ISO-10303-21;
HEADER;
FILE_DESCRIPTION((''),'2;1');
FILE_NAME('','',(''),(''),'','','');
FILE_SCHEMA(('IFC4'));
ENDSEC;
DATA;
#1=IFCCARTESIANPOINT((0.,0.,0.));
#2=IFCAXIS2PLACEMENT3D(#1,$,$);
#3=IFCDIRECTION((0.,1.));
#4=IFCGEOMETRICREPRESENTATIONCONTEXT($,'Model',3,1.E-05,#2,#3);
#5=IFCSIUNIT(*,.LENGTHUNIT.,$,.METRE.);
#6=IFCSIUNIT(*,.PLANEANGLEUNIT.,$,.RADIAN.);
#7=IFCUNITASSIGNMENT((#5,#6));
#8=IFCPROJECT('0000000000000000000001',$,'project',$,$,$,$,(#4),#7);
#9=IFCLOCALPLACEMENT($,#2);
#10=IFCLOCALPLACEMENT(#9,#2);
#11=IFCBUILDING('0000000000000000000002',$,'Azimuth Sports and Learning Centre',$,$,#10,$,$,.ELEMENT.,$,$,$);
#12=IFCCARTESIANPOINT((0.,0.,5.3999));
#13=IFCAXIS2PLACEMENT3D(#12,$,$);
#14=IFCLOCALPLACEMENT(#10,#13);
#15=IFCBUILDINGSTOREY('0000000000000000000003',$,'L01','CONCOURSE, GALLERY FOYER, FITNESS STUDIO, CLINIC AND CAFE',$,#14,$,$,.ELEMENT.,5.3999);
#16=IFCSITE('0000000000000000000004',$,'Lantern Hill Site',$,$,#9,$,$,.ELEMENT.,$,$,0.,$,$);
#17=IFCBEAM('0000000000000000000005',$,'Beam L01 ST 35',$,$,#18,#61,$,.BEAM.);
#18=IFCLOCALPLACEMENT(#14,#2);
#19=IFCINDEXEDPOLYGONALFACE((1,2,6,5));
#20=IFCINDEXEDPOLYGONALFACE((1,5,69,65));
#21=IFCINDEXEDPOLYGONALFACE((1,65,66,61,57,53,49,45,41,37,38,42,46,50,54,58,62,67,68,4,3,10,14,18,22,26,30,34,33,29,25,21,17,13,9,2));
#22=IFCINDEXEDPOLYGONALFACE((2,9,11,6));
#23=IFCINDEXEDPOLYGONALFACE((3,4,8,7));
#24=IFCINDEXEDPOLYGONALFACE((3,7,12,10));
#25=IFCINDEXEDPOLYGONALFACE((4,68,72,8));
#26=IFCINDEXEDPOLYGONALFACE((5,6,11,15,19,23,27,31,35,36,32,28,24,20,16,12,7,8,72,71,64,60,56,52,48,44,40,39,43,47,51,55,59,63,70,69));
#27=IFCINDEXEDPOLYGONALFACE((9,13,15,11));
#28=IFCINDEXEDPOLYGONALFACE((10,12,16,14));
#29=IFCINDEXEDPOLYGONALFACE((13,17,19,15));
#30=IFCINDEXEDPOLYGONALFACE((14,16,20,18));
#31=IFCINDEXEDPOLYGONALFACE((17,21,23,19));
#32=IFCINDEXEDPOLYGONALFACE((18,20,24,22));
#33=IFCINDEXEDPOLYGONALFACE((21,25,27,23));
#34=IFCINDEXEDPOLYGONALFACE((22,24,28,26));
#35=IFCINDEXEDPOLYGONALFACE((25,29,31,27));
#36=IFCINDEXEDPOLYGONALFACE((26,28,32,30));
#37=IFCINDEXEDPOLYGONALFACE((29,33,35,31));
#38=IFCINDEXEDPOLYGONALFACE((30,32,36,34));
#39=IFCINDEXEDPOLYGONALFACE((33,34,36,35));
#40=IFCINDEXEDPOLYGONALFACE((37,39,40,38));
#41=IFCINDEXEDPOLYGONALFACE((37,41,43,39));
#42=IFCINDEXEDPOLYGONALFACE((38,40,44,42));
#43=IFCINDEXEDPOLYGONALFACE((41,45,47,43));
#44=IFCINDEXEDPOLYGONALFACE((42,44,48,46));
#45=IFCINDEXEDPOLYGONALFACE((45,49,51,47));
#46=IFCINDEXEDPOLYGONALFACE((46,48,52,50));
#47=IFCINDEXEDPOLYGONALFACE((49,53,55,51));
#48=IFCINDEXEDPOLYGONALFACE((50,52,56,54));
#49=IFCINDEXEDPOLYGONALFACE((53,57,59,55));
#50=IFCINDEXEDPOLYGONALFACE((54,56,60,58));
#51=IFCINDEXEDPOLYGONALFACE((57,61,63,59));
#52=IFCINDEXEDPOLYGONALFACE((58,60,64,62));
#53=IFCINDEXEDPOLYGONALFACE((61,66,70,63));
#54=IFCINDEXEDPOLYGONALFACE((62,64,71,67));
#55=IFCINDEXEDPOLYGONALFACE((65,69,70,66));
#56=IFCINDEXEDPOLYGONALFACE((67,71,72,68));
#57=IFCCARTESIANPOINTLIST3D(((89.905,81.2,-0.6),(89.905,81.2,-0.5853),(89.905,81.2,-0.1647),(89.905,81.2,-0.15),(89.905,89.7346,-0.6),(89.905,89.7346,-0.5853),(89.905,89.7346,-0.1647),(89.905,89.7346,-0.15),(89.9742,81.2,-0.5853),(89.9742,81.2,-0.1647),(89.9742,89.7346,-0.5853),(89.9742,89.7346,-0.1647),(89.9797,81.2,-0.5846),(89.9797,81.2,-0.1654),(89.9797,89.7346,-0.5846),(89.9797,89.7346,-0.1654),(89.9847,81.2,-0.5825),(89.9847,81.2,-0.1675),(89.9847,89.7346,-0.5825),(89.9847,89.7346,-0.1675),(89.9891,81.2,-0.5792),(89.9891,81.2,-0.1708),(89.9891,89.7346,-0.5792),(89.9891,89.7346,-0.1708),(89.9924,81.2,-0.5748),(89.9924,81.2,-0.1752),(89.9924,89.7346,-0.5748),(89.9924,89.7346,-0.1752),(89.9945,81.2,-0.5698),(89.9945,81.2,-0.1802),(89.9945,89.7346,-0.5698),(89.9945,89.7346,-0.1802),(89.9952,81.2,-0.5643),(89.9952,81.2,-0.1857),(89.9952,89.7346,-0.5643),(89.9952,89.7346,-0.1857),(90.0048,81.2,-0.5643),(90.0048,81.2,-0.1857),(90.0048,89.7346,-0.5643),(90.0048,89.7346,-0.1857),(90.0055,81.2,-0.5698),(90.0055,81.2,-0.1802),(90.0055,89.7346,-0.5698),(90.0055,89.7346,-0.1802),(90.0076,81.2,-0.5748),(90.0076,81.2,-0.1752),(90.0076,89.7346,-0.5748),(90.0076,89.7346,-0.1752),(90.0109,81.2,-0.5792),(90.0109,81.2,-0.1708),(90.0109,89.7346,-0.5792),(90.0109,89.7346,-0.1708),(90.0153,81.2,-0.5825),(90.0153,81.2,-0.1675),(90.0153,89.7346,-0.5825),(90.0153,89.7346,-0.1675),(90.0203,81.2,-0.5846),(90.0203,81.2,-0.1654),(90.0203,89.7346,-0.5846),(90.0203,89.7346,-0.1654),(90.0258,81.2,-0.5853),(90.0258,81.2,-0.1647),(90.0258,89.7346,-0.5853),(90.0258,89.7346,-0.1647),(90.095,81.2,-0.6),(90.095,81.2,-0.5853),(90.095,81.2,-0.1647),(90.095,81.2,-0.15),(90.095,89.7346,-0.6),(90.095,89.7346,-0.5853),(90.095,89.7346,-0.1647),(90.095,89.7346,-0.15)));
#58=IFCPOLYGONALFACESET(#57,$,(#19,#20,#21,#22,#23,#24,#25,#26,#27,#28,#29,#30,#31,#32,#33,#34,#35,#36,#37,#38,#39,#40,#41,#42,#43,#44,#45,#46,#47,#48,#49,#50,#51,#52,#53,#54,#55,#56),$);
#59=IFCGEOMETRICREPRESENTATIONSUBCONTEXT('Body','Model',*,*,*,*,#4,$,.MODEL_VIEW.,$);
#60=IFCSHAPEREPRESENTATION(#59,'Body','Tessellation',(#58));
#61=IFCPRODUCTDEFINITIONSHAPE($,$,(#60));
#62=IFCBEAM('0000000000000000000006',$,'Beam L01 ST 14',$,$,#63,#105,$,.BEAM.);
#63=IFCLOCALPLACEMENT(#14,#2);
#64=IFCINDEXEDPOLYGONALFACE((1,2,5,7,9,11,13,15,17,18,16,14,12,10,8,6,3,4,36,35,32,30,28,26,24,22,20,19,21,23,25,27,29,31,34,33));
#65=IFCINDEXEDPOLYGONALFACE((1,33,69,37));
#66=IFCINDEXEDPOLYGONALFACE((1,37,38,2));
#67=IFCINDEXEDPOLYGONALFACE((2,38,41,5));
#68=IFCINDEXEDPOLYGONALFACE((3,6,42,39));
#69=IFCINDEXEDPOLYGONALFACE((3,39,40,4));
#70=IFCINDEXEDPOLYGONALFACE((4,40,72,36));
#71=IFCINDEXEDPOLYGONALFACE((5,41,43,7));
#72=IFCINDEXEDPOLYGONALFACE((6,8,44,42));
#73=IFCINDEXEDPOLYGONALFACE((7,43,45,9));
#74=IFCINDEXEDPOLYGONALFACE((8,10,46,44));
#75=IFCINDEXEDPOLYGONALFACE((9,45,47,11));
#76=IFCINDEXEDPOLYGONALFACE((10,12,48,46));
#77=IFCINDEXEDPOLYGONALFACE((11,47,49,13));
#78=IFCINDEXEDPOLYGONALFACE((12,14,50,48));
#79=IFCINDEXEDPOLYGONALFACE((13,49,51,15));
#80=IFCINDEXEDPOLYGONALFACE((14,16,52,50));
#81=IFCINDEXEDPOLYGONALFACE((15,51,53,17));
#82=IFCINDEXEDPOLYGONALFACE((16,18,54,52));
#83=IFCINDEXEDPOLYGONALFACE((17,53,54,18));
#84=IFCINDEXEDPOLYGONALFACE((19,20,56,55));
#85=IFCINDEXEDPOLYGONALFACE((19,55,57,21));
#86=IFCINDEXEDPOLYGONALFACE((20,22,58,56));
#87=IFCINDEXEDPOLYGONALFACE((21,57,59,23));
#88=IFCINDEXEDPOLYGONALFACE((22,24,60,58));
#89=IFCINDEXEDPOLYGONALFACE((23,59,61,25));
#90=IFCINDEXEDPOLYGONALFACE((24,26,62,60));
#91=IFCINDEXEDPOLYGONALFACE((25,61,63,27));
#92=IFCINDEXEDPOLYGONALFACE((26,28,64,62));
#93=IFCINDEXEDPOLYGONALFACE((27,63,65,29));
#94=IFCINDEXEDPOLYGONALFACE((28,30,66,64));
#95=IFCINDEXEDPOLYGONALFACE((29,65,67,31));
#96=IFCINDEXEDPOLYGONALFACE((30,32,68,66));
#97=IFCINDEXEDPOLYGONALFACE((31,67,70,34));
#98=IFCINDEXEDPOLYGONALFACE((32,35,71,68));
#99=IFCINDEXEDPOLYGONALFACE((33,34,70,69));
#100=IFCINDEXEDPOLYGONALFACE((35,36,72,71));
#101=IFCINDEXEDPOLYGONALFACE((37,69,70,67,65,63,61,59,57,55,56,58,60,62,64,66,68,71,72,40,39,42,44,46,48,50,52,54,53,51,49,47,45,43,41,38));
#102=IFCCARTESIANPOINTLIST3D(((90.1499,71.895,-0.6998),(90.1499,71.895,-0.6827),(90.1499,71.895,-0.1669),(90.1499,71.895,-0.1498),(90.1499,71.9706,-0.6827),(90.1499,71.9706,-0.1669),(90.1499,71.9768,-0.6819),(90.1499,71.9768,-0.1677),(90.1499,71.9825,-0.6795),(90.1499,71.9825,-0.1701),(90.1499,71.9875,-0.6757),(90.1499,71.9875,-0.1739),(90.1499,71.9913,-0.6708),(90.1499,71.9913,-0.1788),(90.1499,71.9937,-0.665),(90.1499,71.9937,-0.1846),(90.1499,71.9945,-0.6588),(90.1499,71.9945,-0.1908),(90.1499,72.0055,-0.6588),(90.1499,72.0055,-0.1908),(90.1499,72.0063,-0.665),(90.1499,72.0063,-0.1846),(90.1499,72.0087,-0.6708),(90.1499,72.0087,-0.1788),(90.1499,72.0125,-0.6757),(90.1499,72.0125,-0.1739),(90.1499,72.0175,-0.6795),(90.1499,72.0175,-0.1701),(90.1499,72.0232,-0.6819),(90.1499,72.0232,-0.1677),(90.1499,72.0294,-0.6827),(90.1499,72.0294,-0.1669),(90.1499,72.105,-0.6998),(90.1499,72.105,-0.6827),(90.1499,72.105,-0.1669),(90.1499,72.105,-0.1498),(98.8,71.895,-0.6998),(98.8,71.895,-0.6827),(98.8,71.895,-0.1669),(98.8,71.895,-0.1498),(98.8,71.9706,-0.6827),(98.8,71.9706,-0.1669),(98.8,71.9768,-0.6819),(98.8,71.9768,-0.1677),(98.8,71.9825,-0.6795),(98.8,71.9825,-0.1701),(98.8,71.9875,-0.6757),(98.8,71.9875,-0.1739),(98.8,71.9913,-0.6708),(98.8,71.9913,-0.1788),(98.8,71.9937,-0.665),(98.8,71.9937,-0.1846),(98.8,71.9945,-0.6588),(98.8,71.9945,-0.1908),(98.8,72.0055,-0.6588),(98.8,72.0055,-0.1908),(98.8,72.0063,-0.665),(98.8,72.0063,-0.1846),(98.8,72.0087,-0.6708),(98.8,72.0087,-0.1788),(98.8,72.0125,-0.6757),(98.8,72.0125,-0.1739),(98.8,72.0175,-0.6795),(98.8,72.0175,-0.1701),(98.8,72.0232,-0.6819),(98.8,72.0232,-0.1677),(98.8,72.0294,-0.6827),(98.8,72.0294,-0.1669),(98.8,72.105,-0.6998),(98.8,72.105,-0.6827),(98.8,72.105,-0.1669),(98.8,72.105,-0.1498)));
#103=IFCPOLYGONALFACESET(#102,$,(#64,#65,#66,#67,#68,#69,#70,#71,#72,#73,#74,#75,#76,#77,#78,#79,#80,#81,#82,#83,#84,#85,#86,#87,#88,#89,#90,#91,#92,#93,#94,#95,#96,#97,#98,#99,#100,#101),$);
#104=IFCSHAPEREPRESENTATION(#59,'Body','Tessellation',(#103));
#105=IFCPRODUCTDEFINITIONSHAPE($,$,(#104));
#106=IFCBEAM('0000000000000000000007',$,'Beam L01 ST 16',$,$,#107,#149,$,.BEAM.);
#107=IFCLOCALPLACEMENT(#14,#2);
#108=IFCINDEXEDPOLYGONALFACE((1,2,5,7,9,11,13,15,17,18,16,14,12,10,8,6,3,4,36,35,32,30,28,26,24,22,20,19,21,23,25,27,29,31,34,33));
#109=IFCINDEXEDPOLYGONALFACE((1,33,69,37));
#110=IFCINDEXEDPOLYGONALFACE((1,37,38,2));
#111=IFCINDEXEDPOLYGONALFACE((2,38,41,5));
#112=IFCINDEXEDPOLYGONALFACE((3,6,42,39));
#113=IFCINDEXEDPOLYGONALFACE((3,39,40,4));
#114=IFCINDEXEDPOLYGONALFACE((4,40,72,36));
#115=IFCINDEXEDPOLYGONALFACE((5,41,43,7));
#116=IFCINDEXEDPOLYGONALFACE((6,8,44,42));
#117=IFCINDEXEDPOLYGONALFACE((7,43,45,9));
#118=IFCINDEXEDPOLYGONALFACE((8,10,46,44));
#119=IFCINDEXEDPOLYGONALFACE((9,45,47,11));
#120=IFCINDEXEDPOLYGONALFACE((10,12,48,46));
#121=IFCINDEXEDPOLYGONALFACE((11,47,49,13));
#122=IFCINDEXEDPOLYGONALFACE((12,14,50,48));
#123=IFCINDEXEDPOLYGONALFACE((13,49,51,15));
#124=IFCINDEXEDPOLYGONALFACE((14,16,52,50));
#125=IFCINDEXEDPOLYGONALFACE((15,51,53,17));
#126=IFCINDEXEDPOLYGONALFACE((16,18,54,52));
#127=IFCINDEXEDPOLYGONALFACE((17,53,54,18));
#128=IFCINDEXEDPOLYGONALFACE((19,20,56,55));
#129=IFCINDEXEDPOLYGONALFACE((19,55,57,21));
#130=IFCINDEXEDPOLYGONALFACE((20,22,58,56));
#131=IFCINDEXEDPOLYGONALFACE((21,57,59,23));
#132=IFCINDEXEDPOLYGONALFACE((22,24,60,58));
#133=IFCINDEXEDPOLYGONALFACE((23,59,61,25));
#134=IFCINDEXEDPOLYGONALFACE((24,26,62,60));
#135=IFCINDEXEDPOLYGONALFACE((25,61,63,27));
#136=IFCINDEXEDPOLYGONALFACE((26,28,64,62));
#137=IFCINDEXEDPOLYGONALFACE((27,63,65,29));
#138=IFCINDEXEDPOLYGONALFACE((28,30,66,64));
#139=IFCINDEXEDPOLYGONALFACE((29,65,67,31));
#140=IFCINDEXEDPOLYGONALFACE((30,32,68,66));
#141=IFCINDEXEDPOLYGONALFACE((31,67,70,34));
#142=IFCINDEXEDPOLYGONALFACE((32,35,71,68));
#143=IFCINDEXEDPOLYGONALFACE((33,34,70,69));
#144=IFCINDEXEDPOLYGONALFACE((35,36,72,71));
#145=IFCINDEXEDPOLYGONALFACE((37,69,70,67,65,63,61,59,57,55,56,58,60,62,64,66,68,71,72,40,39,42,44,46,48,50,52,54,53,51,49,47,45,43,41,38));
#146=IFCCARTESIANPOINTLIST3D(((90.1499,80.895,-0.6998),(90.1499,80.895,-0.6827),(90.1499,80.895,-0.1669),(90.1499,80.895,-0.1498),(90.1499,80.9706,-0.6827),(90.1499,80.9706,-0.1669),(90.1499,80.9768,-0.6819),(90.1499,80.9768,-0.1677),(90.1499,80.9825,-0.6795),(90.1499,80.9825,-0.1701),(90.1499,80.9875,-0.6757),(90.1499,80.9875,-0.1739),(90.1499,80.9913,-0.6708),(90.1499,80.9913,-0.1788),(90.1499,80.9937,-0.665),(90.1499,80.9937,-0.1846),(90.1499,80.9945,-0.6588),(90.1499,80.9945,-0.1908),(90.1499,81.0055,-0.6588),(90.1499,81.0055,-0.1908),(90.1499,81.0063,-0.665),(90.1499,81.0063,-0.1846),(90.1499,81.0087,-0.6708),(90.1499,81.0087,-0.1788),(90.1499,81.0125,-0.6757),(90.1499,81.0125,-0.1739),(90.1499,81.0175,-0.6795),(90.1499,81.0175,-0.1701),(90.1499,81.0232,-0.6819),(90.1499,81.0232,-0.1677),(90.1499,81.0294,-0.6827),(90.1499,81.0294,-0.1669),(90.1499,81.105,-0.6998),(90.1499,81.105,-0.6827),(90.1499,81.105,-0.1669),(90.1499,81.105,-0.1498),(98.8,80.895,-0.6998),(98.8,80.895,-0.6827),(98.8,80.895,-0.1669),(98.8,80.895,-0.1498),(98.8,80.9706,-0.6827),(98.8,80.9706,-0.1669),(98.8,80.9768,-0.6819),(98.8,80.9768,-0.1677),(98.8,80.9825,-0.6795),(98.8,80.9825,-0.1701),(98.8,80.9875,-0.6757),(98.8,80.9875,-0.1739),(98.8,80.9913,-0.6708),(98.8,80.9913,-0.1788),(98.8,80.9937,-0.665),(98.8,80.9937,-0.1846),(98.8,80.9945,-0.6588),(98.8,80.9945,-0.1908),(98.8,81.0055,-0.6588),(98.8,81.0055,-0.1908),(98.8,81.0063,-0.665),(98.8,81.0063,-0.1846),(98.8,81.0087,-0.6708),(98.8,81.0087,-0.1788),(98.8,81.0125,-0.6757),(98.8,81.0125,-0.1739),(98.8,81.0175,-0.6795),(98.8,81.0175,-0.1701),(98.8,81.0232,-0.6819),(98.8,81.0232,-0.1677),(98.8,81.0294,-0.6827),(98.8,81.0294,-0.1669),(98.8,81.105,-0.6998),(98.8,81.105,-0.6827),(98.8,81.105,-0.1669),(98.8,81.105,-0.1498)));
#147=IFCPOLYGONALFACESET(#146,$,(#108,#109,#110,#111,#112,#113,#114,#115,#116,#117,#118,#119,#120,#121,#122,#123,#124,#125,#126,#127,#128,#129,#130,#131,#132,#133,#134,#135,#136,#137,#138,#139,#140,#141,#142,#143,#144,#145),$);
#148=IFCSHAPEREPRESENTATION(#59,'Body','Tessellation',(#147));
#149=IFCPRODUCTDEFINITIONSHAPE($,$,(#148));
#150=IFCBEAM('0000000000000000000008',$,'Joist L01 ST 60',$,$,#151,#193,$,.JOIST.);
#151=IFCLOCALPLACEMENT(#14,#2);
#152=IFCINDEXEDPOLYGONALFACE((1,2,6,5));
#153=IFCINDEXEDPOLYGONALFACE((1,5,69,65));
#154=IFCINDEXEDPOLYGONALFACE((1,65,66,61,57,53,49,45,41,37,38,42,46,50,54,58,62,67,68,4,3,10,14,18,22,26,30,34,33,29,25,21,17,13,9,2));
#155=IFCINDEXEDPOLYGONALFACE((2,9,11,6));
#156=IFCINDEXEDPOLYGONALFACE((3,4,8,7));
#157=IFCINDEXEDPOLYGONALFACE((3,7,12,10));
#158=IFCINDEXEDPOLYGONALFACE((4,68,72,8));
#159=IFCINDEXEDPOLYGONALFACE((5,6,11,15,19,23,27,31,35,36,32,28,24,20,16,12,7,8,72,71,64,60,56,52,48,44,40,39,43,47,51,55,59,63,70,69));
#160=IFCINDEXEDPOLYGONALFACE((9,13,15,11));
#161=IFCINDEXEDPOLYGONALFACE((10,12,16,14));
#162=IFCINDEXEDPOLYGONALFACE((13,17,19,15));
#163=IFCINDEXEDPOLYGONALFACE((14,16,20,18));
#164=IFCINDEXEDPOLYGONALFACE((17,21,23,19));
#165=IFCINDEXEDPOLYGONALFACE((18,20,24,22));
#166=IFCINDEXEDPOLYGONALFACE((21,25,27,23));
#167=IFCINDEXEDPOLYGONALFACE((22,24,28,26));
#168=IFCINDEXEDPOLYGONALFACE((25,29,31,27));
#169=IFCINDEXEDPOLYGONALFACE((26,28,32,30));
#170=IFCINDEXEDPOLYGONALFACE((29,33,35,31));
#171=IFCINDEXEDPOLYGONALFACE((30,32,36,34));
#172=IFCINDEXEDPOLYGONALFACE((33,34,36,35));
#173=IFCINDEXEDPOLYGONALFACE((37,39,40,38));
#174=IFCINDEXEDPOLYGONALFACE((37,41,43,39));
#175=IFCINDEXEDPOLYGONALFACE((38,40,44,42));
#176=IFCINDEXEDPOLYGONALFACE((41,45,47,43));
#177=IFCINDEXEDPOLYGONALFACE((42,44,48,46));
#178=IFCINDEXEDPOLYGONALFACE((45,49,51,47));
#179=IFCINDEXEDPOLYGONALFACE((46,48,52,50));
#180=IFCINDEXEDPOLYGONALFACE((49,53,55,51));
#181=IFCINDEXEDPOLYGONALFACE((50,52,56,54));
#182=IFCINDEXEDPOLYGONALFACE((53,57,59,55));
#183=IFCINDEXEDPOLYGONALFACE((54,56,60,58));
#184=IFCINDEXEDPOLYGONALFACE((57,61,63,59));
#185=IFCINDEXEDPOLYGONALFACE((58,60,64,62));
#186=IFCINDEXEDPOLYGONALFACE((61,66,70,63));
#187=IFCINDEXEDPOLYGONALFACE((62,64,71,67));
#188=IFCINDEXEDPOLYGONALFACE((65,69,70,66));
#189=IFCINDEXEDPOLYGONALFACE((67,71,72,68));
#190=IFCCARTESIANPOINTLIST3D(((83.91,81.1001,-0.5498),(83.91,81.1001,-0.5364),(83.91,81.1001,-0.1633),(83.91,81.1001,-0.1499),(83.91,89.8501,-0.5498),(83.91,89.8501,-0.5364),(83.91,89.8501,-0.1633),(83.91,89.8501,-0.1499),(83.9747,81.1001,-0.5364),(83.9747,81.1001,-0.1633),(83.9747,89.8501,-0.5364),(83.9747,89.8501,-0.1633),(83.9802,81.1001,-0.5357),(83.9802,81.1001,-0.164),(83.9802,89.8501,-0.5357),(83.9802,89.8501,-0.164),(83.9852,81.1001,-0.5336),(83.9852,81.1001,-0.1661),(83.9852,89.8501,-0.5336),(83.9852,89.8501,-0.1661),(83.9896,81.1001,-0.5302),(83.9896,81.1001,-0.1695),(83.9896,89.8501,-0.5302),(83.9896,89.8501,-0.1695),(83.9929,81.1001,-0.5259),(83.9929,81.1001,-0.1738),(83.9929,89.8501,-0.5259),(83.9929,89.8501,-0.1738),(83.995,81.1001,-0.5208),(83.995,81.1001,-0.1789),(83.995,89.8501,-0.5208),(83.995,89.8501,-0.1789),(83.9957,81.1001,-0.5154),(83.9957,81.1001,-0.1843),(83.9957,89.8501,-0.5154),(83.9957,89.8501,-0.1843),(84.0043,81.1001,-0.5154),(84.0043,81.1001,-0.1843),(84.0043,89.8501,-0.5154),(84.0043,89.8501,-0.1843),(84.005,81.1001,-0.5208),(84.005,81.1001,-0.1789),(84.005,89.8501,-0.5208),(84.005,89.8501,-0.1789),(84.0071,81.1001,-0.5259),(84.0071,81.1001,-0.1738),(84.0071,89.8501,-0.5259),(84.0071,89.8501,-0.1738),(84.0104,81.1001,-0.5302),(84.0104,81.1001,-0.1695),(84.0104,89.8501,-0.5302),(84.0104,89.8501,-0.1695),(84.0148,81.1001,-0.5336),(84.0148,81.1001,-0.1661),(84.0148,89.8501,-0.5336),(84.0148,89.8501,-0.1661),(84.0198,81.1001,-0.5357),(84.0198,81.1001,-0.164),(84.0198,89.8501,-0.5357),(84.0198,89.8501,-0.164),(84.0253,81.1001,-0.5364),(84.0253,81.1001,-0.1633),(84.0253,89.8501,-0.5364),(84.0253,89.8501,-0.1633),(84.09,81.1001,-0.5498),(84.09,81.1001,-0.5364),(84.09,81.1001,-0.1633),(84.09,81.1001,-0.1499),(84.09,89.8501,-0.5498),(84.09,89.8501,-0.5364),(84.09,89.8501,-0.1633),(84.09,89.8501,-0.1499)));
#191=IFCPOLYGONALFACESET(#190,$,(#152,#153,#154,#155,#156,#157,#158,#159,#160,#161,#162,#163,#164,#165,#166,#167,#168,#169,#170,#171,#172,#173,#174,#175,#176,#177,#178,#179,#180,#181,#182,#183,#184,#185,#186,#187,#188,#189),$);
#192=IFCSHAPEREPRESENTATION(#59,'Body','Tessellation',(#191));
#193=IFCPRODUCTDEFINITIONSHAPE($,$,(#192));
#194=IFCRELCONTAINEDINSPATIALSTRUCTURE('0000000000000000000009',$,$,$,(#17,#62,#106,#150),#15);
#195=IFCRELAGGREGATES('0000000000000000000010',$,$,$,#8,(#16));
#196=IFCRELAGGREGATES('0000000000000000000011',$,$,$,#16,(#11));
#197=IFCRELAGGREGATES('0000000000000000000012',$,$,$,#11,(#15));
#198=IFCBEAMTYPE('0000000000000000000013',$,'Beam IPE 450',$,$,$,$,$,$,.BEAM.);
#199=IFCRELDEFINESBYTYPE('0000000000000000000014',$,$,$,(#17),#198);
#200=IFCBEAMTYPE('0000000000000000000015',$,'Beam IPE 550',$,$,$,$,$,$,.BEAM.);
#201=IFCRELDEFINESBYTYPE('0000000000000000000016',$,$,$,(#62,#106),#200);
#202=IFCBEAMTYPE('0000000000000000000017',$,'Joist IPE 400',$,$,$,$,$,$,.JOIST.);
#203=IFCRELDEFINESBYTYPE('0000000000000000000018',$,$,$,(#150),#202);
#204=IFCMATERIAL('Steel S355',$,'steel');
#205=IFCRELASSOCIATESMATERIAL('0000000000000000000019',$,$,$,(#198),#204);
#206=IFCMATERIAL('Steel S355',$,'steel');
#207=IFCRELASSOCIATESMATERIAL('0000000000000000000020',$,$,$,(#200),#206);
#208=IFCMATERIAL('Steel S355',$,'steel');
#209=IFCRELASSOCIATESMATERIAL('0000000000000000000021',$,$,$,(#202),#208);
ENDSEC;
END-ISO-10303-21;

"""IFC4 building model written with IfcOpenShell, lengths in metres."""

from ifc_helpers import new_model, si_unit, direction, frame, origin, origin_2d, place, context, subcontext, project, spatial, i_section, extrude, material, material_profile, profile_set, type_object, element, save


model = new_model("IFC4")

# Units and contexts
model_context = context("Model", 3, precision=1e-05, world=origin(), true_north=direction((0.0, 1.0)))
body_context = subcontext(model_context, "Body", "Model", "MODEL_VIEW")
ifc_project = project(units=[si_unit("LENGTHUNIT", "METRE"), si_unit("PLANEANGLEUNIT", "RADIAN")], contexts=[model_context])

# Site, building, storey
site_placement = place(None, origin())
site = spatial("IfcSite", under=ifc_project, at=site_placement, Name="Lantern Hill Site", CompositionType="ELEMENT", RefElevation=0.0)
building_placement = place(site_placement, origin())
building = spatial("IfcBuilding", under=site, at=building_placement, Name="Azimuth Sports and Learning Centre", CompositionType="ELEMENT")
storey_placement = place(building_placement, frame((0.0, 0.0, 5.3999)))
storey = spatial("IfcBuildingStorey", under=building, at=storey_placement, Name="L01", Description="CONCOURSE, GALLERY FOYER, FITNESS STUDIO, CLINIC AND CAFE", CompositionType="ELEMENT", Elevation=5.3999)

# Beams
ifc_material_1 = material(Name="Steel S355", Category="steel")
ifc_material_profile_1 = material_profile(ifc_material_1, i_section(OverallWidth=0.1899, OverallDepth=0.45, WebThickness=0.0095, FlangeThickness=0.0146, FilletRadius=0.021, at=origin_2d()), Name="IPE 450")
ifc_profile_set_1 = profile_set([ifc_material_profile_1], Name="Steel S355")
beam_type_1 = type_object("IfcBeamType", Name="Beam IPE 450", PredefinedType="BEAM", material=ifc_profile_set_1)
for number, where, z_axis, x_axis, name in (
    (1, (90.0, 81.2, -0.375), (0.0, 1.0, 0.0), (-1.0, 0.0, 0.0), "Beam L01 ST 35"),
):
    element("IfcBeam", number, at=place(storey_placement, frame(where, z_axis=z_axis, x_axis=x_axis)), inside=storey, type_object=beam_type_1, Name=name, PredefinedType="BEAM", context=body_context, shape_type="SweptSolid", body=[
        extrude(i_section(OverallWidth=0.1899, OverallDepth=0.45, WebThickness=0.0095, FlangeThickness=0.0146, FilletRadius=0.021, at=origin_2d()), origin(), (0.0, 0.0, 1.0), 8.5347),
    ])
ifc_material_2 = material(Name="Steel S355", Category="steel")
ifc_material_profile_2 = material_profile(ifc_material_2, i_section(OverallWidth=0.21, OverallDepth=0.55, WebThickness=0.011, FlangeThickness=0.0171, FilletRadius=0.0239, at=origin_2d()), Name="IPE 550")
ifc_profile_set_2 = profile_set([ifc_material_profile_2], Name="Steel S355")
beam_type_2 = type_object("IfcBeamType", Name="Beam IPE 550", PredefinedType="BEAM", material=ifc_profile_set_2)
for number, where, z_axis, x_axis, name in (
    (2, (90.1499, 72.0, -0.4248), (1.0, 0.0, 0.0), (0.0, 1.0, 0.0), "Beam L01 ST 14"),
    (3, (90.1499, 81.0, -0.4248), (1.0, 0.0, 0.0), (0.0, 1.0, 0.0), "Beam L01 ST 16"),
):
    element("IfcBeam", number, at=place(storey_placement, frame(where, z_axis=z_axis, x_axis=x_axis)), inside=storey, type_object=beam_type_2, Name=name, PredefinedType="BEAM", context=body_context, shape_type="SweptSolid", body=[
        extrude(i_section(OverallWidth=0.21, OverallDepth=0.55, WebThickness=0.011, FlangeThickness=0.0171, FilletRadius=0.0239, at=origin_2d()), origin(), (0.0, 0.0, 1.0), 8.6501),
    ])
ifc_material_3 = material(Name="Steel S355", Category="steel")
ifc_material_profile_3 = material_profile(ifc_material_3, i_section(OverallWidth=0.1799, OverallDepth=0.3999, WebThickness=0.0085, FlangeThickness=0.0134, FilletRadius=0.021, at=origin_2d()), Name="IPE 400")
ifc_profile_set_3 = profile_set([ifc_material_profile_3], Name="Steel S355")
beam_type_3 = type_object("IfcBeamType", Name="Joist IPE 400", PredefinedType="JOIST", material=ifc_profile_set_3)
for number, where, z_axis, x_axis, name in (
    (4, (84.0, 81.1001, -0.3499), (0.0, 1.0, 0.0), (-1.0, 0.0, 0.0), "Joist L01 ST 60"),
):
    element("IfcBeam", number, at=place(storey_placement, frame(where, z_axis=z_axis, x_axis=x_axis)), inside=storey, type_object=beam_type_3, Name=name, PredefinedType="JOIST", context=body_context, shape_type="SweptSolid", body=[
        extrude(i_section(OverallWidth=0.1799, OverallDepth=0.3999, WebThickness=0.0085, FlangeThickness=0.0134, FilletRadius=0.021, at=origin_2d()), origin(), (0.0, 0.0, 1.0), 8.75),
    ])

save(model, "model.ifc")
